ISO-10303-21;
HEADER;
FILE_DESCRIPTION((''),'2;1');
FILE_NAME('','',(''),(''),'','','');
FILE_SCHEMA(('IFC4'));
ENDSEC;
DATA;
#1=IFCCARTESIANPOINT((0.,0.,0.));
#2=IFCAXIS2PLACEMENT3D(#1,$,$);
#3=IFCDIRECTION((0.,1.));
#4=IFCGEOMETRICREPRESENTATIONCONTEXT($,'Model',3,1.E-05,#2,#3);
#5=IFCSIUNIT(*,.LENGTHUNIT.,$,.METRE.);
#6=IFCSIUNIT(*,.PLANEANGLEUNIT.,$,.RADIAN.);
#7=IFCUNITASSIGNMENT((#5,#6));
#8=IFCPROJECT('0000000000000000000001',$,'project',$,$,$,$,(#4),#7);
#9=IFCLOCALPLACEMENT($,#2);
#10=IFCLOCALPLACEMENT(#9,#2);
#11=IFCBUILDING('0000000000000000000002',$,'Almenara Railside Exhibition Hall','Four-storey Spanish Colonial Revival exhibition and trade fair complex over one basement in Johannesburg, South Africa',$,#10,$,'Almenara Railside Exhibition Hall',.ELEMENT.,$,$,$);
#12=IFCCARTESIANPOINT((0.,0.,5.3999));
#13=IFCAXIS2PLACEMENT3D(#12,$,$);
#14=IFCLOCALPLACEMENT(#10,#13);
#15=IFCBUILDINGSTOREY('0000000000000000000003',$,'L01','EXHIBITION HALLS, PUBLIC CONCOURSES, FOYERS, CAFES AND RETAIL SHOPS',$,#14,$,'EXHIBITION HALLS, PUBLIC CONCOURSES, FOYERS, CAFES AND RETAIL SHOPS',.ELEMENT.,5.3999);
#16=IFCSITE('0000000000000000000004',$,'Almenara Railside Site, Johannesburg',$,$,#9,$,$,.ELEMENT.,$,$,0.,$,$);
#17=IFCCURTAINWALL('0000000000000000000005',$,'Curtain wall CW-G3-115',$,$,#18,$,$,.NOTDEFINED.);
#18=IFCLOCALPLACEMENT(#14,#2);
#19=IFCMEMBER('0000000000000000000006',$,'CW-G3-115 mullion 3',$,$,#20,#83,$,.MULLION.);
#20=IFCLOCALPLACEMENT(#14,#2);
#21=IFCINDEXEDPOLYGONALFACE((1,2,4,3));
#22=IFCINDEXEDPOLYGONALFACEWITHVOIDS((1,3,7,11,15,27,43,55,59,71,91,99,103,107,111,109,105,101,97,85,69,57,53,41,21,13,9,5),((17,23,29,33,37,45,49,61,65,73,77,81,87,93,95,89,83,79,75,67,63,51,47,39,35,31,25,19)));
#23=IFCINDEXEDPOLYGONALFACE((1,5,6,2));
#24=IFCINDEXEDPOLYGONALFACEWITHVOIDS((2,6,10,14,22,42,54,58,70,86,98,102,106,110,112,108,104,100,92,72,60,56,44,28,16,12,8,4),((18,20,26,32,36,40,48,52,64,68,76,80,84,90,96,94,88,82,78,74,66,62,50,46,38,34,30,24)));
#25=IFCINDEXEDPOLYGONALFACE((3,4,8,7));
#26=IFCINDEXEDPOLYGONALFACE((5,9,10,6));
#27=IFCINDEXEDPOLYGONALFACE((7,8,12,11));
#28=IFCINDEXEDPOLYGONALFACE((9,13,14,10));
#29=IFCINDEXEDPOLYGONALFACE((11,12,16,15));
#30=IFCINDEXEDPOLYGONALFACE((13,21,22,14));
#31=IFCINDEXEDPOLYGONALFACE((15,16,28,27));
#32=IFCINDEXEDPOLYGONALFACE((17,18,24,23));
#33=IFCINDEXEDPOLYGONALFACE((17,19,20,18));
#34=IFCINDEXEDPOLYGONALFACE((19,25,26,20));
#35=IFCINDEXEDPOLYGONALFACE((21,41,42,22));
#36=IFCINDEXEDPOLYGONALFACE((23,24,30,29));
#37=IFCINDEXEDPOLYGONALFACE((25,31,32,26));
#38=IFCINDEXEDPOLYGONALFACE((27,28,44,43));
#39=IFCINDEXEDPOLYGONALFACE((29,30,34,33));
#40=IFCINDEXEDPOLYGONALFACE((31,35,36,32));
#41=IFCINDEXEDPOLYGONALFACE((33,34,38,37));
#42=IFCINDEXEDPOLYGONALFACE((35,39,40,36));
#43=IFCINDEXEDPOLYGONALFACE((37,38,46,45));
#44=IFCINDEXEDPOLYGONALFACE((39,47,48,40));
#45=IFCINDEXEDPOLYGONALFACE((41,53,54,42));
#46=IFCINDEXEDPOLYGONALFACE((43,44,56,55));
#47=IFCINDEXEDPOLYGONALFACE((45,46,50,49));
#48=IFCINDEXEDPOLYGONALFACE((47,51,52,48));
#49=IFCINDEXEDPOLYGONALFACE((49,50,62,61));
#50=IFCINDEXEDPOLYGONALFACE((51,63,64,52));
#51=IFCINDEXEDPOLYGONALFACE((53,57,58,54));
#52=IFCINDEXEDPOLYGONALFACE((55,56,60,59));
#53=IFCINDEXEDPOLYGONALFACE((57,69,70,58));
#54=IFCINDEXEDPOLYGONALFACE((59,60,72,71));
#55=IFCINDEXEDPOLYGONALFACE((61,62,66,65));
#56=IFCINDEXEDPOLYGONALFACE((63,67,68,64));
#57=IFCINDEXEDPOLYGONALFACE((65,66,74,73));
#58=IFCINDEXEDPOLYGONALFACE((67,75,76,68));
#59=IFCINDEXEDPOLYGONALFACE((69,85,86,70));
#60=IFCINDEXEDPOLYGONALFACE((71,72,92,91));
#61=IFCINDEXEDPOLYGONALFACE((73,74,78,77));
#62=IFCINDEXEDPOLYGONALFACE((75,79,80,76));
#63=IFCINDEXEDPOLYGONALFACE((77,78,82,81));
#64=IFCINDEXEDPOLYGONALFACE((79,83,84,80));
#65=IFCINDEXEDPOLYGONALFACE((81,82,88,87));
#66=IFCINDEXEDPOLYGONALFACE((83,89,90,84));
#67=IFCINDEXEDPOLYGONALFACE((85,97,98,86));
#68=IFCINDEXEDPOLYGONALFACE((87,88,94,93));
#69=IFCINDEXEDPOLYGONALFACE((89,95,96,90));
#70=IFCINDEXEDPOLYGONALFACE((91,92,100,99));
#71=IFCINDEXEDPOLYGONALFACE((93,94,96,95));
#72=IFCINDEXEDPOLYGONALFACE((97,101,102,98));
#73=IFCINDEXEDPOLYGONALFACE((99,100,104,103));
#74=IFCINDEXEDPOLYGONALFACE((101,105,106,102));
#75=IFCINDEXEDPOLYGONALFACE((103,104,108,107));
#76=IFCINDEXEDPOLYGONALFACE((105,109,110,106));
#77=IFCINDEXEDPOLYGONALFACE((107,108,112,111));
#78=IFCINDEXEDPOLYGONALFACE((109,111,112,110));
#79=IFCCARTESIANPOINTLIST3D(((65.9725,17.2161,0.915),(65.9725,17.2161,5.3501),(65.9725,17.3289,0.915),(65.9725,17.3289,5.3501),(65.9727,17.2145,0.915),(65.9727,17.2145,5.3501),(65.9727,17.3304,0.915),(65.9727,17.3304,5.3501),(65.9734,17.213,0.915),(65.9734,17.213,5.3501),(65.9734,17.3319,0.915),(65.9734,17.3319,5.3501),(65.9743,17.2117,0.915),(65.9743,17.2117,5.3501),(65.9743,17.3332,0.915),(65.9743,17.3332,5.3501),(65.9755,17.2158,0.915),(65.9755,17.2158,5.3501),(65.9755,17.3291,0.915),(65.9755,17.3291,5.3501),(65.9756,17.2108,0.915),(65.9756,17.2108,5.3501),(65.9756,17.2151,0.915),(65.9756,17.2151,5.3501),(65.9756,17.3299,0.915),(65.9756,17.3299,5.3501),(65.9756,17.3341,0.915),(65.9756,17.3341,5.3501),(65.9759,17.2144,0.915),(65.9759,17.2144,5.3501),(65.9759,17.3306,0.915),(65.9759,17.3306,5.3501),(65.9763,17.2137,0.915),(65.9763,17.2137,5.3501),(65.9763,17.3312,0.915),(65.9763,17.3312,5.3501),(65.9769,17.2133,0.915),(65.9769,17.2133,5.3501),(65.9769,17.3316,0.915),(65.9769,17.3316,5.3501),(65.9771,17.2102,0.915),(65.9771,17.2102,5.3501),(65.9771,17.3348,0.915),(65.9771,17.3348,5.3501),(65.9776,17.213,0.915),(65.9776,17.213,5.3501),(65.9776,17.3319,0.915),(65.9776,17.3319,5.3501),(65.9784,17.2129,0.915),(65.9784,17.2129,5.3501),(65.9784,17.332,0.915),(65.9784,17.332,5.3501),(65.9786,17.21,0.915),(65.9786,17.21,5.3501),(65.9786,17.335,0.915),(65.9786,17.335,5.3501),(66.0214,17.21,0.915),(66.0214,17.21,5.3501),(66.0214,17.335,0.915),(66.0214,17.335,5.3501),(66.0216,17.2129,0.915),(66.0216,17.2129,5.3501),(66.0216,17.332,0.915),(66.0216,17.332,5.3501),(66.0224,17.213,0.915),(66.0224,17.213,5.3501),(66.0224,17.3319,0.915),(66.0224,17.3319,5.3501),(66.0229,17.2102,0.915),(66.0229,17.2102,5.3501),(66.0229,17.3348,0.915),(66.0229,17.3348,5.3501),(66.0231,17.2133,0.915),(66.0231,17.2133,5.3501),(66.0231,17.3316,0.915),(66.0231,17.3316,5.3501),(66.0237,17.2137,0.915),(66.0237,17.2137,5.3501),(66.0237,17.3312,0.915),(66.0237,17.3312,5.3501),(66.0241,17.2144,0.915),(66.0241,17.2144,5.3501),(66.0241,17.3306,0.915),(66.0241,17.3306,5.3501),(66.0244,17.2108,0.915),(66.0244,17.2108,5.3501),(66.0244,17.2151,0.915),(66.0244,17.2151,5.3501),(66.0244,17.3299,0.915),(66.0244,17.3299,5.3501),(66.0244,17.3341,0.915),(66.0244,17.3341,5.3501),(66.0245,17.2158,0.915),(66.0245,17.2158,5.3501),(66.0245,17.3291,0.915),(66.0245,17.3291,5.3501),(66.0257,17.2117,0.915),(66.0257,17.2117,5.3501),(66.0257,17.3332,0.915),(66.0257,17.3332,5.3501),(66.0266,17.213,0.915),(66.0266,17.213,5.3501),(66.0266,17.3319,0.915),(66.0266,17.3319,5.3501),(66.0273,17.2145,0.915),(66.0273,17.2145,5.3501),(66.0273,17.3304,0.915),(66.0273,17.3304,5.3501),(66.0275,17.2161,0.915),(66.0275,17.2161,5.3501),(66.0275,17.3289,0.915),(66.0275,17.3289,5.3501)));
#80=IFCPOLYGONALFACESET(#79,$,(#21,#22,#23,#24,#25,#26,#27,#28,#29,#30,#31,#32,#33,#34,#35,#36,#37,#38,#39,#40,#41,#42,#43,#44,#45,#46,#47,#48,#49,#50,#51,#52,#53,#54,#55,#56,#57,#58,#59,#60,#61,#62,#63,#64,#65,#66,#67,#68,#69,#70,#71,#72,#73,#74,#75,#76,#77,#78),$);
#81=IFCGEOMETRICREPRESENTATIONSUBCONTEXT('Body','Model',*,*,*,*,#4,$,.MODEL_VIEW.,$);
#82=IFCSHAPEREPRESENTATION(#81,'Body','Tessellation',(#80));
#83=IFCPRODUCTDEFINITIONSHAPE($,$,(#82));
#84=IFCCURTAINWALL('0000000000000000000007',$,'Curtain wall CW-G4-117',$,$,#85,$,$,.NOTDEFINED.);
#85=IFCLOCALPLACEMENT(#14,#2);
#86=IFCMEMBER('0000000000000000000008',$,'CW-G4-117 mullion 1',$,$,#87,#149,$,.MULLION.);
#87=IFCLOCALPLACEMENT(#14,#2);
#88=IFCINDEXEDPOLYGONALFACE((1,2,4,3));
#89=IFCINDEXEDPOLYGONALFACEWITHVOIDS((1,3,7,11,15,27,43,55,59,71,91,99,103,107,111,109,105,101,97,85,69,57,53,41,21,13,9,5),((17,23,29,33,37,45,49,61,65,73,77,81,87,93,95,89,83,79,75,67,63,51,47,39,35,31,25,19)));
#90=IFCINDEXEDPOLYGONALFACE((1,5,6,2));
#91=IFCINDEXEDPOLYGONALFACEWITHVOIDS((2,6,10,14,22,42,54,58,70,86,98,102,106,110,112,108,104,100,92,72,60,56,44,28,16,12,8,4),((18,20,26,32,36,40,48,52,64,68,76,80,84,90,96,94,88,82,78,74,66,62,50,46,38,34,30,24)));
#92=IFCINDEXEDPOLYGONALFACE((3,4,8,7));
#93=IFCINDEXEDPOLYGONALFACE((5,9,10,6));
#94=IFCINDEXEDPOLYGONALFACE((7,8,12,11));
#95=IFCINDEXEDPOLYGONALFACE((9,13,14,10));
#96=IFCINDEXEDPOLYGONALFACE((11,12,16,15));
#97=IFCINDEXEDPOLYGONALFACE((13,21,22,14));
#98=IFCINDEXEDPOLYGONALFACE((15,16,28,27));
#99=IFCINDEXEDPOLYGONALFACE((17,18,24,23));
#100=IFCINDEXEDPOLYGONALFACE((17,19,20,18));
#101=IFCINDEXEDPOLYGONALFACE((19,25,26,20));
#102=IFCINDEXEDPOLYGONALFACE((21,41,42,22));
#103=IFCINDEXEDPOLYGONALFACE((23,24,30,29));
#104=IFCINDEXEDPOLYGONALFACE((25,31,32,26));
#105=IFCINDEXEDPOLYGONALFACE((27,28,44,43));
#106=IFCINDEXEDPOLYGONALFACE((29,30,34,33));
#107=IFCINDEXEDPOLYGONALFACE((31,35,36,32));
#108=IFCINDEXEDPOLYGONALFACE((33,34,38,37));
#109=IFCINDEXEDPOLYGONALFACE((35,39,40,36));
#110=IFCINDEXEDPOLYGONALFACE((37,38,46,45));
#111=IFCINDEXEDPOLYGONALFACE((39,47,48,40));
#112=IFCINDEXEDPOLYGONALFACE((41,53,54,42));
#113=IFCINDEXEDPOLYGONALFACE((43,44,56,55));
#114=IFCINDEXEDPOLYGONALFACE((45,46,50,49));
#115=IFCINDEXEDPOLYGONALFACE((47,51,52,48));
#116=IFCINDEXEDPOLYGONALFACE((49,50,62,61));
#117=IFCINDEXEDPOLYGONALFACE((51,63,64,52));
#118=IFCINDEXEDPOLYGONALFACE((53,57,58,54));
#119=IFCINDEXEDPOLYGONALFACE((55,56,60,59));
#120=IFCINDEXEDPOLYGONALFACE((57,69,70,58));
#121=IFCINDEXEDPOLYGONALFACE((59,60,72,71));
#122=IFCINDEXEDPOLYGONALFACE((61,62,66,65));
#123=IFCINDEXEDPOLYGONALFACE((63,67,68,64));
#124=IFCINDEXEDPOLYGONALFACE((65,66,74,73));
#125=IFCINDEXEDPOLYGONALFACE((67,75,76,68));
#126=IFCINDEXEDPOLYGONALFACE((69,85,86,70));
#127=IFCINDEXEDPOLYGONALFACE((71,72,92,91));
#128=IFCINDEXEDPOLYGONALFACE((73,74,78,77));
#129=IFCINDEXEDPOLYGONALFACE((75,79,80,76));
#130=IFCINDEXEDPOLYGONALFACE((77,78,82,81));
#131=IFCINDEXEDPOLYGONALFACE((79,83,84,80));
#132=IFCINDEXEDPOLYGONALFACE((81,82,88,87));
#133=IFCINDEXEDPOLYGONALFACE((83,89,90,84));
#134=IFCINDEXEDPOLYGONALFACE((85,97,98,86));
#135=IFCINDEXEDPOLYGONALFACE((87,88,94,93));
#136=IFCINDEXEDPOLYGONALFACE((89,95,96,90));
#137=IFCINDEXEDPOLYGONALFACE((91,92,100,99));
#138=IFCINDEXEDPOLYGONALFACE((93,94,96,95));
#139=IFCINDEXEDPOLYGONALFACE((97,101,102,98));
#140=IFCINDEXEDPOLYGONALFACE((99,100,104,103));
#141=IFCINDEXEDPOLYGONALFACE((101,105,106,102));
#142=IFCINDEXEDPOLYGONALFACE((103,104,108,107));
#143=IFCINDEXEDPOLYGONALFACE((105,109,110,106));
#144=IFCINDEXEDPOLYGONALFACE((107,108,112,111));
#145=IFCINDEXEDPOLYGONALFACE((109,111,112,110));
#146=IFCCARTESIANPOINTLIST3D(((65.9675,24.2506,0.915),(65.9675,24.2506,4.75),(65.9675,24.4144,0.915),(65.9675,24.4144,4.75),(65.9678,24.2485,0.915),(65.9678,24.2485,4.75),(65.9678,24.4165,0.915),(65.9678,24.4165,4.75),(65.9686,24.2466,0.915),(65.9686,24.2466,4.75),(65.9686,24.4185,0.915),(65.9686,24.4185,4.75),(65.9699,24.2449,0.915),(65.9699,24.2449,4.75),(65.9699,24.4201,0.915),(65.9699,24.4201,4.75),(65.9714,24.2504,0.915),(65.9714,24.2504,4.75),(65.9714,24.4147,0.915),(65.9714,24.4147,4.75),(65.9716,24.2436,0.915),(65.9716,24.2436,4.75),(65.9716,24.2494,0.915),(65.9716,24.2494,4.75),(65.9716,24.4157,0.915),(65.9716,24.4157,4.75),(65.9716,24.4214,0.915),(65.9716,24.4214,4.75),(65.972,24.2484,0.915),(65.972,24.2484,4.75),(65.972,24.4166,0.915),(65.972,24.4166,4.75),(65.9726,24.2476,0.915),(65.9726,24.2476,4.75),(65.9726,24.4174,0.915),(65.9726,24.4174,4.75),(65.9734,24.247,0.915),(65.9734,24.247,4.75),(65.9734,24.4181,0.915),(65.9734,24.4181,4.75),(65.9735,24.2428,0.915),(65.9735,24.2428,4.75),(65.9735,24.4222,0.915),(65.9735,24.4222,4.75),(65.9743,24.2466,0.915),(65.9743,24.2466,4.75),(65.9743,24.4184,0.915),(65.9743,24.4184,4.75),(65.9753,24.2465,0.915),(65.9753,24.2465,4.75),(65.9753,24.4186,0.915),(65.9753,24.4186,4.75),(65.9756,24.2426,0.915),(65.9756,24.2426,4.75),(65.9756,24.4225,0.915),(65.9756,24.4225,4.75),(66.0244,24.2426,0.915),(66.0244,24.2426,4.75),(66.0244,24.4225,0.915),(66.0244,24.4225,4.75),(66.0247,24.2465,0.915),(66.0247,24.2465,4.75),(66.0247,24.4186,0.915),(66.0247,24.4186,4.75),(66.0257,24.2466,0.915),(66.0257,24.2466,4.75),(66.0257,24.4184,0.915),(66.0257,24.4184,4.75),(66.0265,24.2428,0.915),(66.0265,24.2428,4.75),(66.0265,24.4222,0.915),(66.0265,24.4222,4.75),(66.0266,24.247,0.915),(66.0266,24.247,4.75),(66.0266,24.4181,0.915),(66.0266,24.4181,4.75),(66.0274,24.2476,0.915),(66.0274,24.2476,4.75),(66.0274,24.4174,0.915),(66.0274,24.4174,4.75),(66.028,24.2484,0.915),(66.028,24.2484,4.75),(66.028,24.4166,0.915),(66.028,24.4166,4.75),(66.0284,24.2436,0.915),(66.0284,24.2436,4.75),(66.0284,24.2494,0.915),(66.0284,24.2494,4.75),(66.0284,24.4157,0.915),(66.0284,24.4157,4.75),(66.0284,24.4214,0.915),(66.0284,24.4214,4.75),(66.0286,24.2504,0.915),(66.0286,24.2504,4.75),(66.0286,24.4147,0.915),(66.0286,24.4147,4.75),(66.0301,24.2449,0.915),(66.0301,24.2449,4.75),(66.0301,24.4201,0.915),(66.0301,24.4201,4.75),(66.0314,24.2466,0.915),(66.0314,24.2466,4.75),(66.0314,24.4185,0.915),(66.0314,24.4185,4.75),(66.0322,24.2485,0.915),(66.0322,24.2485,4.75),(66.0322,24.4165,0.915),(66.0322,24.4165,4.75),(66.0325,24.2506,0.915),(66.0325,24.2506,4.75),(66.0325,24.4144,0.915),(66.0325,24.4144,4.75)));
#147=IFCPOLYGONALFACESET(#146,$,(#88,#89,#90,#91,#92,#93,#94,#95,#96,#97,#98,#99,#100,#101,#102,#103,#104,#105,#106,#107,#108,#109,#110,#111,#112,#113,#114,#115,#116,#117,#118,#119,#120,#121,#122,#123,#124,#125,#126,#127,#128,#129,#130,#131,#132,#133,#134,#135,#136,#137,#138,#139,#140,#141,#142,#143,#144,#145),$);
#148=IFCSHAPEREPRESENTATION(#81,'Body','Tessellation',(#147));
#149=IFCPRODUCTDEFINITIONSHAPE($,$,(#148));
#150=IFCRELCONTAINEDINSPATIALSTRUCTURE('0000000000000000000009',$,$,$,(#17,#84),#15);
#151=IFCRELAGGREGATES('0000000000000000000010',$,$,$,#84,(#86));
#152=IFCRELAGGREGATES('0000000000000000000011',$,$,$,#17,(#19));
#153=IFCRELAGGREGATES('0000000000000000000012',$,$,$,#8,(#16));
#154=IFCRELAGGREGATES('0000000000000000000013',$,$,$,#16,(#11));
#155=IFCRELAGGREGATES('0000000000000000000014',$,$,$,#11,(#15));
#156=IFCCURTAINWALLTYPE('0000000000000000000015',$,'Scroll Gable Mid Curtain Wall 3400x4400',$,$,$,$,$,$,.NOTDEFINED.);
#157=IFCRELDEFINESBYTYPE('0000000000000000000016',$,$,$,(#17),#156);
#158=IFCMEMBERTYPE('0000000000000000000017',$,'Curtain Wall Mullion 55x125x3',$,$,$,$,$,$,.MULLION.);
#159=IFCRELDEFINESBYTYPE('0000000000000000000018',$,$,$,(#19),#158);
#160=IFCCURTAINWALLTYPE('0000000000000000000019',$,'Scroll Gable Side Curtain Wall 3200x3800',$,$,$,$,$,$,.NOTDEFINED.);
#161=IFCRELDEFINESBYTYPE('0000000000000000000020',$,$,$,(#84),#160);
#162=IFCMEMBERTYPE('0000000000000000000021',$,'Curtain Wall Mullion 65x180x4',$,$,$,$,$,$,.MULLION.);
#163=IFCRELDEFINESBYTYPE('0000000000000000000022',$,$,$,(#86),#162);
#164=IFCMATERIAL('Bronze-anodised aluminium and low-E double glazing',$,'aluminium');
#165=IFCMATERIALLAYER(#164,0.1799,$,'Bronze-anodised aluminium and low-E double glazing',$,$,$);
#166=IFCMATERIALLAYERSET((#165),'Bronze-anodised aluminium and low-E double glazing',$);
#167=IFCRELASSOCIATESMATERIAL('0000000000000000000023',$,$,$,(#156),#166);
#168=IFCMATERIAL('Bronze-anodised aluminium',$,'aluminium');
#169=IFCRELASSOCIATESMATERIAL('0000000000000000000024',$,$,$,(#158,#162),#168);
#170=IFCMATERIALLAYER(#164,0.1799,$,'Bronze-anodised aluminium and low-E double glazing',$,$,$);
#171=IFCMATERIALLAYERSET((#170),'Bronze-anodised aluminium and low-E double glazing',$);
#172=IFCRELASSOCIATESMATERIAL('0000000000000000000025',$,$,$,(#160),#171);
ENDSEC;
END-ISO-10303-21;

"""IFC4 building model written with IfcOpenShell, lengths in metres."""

from ifc_helpers import new_model, si_unit, direction, frame, origin, origin_2d, place, context, subcontext, project, spatial, hollow_rectangle, extrude, material, layer, layer_set, material_profile, profile_set, type_object, element, aggregate, save


model = new_model("IFC4")

# Units and contexts
model_context = context("Model", 3, precision=1e-05, world=origin(), true_north=direction((0.0, 1.0)))
body_context = subcontext(model_context, "Body", "Model", "MODEL_VIEW")
ifc_project = project(units=[si_unit("LENGTHUNIT", "METRE"), si_unit("PLANEANGLEUNIT", "RADIAN")], contexts=[model_context])

# Site, building, storey
site_placement = place(None, origin())
site = spatial("IfcSite", under=ifc_project, at=site_placement, Name="Almenara Railside Site, Johannesburg", CompositionType="ELEMENT", RefElevation=0.0)
building_placement = place(site_placement, origin())
building = spatial("IfcBuilding", under=site, at=building_placement, Name="Almenara Railside Exhibition Hall", Description="Four-storey Spanish Colonial Revival exhibition and trade fair complex over one basement in Johannesburg, South Africa", LongName="Almenara Railside Exhibition Hall", CompositionType="ELEMENT")
storey_placement = place(building_placement, frame((0.0, 0.0, 5.3999)))
storey = spatial("IfcBuildingStorey", under=building, at=storey_placement, Name="L01", Description="EXHIBITION HALLS, PUBLIC CONCOURSES, FOYERS, CAFES AND RETAIL SHOPS", LongName="EXHIBITION HALLS, PUBLIC CONCOURSES, FOYERS, CAFES AND RETAIL SHOPS", CompositionType="ELEMENT", Elevation=5.3999)

# Curtain walls, members
ifc_material_1 = material(Name="Bronze-anodised aluminium and low-E double glazing", Category="aluminium")
ifc_layer_1 = layer(ifc_material_1, 0.1799, Name="Bronze-anodised aluminium and low-E double glazing")
ifc_layer_set_1 = layer_set([ifc_layer_1], Name="Bronze-anodised aluminium and low-E double glazing")
curtain_wall_type_1 = type_object("IfcCurtainWallType", Name="Scroll Gable Mid Curtain Wall 3400x4400", PredefinedType="NOTDEFINED", material=ifc_layer_set_1)
curtain_wall_1_placement = place(storey_placement, origin())
curtain_wall_1 = element("IfcCurtainWall", 1, at=curtain_wall_1_placement, inside=storey, type_object=curtain_wall_type_1, Name="Curtain wall CW-G3-115", PredefinedType="NOTDEFINED")
ifc_material_2 = material(Name="Bronze-anodised aluminium", Category="aluminium")
ifc_material_profile_1 = material_profile(ifc_material_2, hollow_rectangle(XDim=0.0549, YDim=0.125, WallThickness=0.0029, InnerFilletRadius=0.0029, OuterFilletRadius=0.0061, at=origin_2d()), Name="ALU-MUL 55x125x3")
ifc_profile_set_1 = profile_set([ifc_material_profile_1], Name="Bronze-anodised aluminium")
member_type_1 = type_object("IfcMemberType", Name="Curtain Wall Mullion 55x125x3", PredefinedType="MULLION", material=ifc_profile_set_1)
member_1_placement = place(storey_placement, frame((66.0, 17.2725, 0.915), z_axis=(0.0, 0.0, 1.0), x_axis=(-1.0, 0.0, 0.0)))
member_1 = element("IfcMember", 2, at=member_1_placement, type_object=member_type_1, Name="CW-G3-115 mullion 3", PredefinedType="MULLION", context=body_context, shape_type="SweptSolid", body=[
    extrude(hollow_rectangle(XDim=0.0549, YDim=0.125, WallThickness=0.0029, InnerFilletRadius=0.0029, OuterFilletRadius=0.0061, at=origin_2d()), origin(), (0.0, 0.0, 1.0), 4.4351),
])
ifc_layer_2 = layer(ifc_material_1, 0.1799, Name="Bronze-anodised aluminium and low-E double glazing")
ifc_layer_set_2 = layer_set([ifc_layer_2], Name="Bronze-anodised aluminium and low-E double glazing")
curtain_wall_type_2 = type_object("IfcCurtainWallType", Name="Scroll Gable Side Curtain Wall 3200x3800", PredefinedType="NOTDEFINED", material=ifc_layer_set_2)
curtain_wall_2_placement = place(storey_placement, origin())
curtain_wall_2 = element("IfcCurtainWall", 3, at=curtain_wall_2_placement, inside=storey, type_object=curtain_wall_type_2, Name="Curtain wall CW-G4-117", PredefinedType="NOTDEFINED")
ifc_material_profile_2 = material_profile(ifc_material_2, hollow_rectangle(XDim=0.0649, YDim=0.1799, WallThickness=0.0039, InnerFilletRadius=0.0039, OuterFilletRadius=0.0081, at=origin_2d()), Name="ALU-MUL 65x180x4")
ifc_profile_set_2 = profile_set([ifc_material_profile_2], Name="Bronze-anodised aluminium")
member_type_2 = type_object("IfcMemberType", Name="Curtain Wall Mullion 65x180x4", PredefinedType="MULLION", material=ifc_profile_set_2)
member_2_placement = place(storey_placement, frame((66.0, 24.3325, 0.915), z_axis=(0.0, 0.0, 1.0), x_axis=(-1.0, 0.0, 0.0)))
member_2 = element("IfcMember", 4, at=member_2_placement, type_object=member_type_2, Name="CW-G4-117 mullion 1", PredefinedType="MULLION", context=body_context, shape_type="SweptSolid", body=[
    extrude(hollow_rectangle(XDim=0.0649, YDim=0.1799, WallThickness=0.0039, InnerFilletRadius=0.0039, OuterFilletRadius=0.0081, at=origin_2d()), origin(), (0.0, 0.0, 1.0), 3.835),
])

aggregate(curtain_wall_2, [member_2])

aggregate(curtain_wall_1, [member_1])

save(model, "model.ifc")
